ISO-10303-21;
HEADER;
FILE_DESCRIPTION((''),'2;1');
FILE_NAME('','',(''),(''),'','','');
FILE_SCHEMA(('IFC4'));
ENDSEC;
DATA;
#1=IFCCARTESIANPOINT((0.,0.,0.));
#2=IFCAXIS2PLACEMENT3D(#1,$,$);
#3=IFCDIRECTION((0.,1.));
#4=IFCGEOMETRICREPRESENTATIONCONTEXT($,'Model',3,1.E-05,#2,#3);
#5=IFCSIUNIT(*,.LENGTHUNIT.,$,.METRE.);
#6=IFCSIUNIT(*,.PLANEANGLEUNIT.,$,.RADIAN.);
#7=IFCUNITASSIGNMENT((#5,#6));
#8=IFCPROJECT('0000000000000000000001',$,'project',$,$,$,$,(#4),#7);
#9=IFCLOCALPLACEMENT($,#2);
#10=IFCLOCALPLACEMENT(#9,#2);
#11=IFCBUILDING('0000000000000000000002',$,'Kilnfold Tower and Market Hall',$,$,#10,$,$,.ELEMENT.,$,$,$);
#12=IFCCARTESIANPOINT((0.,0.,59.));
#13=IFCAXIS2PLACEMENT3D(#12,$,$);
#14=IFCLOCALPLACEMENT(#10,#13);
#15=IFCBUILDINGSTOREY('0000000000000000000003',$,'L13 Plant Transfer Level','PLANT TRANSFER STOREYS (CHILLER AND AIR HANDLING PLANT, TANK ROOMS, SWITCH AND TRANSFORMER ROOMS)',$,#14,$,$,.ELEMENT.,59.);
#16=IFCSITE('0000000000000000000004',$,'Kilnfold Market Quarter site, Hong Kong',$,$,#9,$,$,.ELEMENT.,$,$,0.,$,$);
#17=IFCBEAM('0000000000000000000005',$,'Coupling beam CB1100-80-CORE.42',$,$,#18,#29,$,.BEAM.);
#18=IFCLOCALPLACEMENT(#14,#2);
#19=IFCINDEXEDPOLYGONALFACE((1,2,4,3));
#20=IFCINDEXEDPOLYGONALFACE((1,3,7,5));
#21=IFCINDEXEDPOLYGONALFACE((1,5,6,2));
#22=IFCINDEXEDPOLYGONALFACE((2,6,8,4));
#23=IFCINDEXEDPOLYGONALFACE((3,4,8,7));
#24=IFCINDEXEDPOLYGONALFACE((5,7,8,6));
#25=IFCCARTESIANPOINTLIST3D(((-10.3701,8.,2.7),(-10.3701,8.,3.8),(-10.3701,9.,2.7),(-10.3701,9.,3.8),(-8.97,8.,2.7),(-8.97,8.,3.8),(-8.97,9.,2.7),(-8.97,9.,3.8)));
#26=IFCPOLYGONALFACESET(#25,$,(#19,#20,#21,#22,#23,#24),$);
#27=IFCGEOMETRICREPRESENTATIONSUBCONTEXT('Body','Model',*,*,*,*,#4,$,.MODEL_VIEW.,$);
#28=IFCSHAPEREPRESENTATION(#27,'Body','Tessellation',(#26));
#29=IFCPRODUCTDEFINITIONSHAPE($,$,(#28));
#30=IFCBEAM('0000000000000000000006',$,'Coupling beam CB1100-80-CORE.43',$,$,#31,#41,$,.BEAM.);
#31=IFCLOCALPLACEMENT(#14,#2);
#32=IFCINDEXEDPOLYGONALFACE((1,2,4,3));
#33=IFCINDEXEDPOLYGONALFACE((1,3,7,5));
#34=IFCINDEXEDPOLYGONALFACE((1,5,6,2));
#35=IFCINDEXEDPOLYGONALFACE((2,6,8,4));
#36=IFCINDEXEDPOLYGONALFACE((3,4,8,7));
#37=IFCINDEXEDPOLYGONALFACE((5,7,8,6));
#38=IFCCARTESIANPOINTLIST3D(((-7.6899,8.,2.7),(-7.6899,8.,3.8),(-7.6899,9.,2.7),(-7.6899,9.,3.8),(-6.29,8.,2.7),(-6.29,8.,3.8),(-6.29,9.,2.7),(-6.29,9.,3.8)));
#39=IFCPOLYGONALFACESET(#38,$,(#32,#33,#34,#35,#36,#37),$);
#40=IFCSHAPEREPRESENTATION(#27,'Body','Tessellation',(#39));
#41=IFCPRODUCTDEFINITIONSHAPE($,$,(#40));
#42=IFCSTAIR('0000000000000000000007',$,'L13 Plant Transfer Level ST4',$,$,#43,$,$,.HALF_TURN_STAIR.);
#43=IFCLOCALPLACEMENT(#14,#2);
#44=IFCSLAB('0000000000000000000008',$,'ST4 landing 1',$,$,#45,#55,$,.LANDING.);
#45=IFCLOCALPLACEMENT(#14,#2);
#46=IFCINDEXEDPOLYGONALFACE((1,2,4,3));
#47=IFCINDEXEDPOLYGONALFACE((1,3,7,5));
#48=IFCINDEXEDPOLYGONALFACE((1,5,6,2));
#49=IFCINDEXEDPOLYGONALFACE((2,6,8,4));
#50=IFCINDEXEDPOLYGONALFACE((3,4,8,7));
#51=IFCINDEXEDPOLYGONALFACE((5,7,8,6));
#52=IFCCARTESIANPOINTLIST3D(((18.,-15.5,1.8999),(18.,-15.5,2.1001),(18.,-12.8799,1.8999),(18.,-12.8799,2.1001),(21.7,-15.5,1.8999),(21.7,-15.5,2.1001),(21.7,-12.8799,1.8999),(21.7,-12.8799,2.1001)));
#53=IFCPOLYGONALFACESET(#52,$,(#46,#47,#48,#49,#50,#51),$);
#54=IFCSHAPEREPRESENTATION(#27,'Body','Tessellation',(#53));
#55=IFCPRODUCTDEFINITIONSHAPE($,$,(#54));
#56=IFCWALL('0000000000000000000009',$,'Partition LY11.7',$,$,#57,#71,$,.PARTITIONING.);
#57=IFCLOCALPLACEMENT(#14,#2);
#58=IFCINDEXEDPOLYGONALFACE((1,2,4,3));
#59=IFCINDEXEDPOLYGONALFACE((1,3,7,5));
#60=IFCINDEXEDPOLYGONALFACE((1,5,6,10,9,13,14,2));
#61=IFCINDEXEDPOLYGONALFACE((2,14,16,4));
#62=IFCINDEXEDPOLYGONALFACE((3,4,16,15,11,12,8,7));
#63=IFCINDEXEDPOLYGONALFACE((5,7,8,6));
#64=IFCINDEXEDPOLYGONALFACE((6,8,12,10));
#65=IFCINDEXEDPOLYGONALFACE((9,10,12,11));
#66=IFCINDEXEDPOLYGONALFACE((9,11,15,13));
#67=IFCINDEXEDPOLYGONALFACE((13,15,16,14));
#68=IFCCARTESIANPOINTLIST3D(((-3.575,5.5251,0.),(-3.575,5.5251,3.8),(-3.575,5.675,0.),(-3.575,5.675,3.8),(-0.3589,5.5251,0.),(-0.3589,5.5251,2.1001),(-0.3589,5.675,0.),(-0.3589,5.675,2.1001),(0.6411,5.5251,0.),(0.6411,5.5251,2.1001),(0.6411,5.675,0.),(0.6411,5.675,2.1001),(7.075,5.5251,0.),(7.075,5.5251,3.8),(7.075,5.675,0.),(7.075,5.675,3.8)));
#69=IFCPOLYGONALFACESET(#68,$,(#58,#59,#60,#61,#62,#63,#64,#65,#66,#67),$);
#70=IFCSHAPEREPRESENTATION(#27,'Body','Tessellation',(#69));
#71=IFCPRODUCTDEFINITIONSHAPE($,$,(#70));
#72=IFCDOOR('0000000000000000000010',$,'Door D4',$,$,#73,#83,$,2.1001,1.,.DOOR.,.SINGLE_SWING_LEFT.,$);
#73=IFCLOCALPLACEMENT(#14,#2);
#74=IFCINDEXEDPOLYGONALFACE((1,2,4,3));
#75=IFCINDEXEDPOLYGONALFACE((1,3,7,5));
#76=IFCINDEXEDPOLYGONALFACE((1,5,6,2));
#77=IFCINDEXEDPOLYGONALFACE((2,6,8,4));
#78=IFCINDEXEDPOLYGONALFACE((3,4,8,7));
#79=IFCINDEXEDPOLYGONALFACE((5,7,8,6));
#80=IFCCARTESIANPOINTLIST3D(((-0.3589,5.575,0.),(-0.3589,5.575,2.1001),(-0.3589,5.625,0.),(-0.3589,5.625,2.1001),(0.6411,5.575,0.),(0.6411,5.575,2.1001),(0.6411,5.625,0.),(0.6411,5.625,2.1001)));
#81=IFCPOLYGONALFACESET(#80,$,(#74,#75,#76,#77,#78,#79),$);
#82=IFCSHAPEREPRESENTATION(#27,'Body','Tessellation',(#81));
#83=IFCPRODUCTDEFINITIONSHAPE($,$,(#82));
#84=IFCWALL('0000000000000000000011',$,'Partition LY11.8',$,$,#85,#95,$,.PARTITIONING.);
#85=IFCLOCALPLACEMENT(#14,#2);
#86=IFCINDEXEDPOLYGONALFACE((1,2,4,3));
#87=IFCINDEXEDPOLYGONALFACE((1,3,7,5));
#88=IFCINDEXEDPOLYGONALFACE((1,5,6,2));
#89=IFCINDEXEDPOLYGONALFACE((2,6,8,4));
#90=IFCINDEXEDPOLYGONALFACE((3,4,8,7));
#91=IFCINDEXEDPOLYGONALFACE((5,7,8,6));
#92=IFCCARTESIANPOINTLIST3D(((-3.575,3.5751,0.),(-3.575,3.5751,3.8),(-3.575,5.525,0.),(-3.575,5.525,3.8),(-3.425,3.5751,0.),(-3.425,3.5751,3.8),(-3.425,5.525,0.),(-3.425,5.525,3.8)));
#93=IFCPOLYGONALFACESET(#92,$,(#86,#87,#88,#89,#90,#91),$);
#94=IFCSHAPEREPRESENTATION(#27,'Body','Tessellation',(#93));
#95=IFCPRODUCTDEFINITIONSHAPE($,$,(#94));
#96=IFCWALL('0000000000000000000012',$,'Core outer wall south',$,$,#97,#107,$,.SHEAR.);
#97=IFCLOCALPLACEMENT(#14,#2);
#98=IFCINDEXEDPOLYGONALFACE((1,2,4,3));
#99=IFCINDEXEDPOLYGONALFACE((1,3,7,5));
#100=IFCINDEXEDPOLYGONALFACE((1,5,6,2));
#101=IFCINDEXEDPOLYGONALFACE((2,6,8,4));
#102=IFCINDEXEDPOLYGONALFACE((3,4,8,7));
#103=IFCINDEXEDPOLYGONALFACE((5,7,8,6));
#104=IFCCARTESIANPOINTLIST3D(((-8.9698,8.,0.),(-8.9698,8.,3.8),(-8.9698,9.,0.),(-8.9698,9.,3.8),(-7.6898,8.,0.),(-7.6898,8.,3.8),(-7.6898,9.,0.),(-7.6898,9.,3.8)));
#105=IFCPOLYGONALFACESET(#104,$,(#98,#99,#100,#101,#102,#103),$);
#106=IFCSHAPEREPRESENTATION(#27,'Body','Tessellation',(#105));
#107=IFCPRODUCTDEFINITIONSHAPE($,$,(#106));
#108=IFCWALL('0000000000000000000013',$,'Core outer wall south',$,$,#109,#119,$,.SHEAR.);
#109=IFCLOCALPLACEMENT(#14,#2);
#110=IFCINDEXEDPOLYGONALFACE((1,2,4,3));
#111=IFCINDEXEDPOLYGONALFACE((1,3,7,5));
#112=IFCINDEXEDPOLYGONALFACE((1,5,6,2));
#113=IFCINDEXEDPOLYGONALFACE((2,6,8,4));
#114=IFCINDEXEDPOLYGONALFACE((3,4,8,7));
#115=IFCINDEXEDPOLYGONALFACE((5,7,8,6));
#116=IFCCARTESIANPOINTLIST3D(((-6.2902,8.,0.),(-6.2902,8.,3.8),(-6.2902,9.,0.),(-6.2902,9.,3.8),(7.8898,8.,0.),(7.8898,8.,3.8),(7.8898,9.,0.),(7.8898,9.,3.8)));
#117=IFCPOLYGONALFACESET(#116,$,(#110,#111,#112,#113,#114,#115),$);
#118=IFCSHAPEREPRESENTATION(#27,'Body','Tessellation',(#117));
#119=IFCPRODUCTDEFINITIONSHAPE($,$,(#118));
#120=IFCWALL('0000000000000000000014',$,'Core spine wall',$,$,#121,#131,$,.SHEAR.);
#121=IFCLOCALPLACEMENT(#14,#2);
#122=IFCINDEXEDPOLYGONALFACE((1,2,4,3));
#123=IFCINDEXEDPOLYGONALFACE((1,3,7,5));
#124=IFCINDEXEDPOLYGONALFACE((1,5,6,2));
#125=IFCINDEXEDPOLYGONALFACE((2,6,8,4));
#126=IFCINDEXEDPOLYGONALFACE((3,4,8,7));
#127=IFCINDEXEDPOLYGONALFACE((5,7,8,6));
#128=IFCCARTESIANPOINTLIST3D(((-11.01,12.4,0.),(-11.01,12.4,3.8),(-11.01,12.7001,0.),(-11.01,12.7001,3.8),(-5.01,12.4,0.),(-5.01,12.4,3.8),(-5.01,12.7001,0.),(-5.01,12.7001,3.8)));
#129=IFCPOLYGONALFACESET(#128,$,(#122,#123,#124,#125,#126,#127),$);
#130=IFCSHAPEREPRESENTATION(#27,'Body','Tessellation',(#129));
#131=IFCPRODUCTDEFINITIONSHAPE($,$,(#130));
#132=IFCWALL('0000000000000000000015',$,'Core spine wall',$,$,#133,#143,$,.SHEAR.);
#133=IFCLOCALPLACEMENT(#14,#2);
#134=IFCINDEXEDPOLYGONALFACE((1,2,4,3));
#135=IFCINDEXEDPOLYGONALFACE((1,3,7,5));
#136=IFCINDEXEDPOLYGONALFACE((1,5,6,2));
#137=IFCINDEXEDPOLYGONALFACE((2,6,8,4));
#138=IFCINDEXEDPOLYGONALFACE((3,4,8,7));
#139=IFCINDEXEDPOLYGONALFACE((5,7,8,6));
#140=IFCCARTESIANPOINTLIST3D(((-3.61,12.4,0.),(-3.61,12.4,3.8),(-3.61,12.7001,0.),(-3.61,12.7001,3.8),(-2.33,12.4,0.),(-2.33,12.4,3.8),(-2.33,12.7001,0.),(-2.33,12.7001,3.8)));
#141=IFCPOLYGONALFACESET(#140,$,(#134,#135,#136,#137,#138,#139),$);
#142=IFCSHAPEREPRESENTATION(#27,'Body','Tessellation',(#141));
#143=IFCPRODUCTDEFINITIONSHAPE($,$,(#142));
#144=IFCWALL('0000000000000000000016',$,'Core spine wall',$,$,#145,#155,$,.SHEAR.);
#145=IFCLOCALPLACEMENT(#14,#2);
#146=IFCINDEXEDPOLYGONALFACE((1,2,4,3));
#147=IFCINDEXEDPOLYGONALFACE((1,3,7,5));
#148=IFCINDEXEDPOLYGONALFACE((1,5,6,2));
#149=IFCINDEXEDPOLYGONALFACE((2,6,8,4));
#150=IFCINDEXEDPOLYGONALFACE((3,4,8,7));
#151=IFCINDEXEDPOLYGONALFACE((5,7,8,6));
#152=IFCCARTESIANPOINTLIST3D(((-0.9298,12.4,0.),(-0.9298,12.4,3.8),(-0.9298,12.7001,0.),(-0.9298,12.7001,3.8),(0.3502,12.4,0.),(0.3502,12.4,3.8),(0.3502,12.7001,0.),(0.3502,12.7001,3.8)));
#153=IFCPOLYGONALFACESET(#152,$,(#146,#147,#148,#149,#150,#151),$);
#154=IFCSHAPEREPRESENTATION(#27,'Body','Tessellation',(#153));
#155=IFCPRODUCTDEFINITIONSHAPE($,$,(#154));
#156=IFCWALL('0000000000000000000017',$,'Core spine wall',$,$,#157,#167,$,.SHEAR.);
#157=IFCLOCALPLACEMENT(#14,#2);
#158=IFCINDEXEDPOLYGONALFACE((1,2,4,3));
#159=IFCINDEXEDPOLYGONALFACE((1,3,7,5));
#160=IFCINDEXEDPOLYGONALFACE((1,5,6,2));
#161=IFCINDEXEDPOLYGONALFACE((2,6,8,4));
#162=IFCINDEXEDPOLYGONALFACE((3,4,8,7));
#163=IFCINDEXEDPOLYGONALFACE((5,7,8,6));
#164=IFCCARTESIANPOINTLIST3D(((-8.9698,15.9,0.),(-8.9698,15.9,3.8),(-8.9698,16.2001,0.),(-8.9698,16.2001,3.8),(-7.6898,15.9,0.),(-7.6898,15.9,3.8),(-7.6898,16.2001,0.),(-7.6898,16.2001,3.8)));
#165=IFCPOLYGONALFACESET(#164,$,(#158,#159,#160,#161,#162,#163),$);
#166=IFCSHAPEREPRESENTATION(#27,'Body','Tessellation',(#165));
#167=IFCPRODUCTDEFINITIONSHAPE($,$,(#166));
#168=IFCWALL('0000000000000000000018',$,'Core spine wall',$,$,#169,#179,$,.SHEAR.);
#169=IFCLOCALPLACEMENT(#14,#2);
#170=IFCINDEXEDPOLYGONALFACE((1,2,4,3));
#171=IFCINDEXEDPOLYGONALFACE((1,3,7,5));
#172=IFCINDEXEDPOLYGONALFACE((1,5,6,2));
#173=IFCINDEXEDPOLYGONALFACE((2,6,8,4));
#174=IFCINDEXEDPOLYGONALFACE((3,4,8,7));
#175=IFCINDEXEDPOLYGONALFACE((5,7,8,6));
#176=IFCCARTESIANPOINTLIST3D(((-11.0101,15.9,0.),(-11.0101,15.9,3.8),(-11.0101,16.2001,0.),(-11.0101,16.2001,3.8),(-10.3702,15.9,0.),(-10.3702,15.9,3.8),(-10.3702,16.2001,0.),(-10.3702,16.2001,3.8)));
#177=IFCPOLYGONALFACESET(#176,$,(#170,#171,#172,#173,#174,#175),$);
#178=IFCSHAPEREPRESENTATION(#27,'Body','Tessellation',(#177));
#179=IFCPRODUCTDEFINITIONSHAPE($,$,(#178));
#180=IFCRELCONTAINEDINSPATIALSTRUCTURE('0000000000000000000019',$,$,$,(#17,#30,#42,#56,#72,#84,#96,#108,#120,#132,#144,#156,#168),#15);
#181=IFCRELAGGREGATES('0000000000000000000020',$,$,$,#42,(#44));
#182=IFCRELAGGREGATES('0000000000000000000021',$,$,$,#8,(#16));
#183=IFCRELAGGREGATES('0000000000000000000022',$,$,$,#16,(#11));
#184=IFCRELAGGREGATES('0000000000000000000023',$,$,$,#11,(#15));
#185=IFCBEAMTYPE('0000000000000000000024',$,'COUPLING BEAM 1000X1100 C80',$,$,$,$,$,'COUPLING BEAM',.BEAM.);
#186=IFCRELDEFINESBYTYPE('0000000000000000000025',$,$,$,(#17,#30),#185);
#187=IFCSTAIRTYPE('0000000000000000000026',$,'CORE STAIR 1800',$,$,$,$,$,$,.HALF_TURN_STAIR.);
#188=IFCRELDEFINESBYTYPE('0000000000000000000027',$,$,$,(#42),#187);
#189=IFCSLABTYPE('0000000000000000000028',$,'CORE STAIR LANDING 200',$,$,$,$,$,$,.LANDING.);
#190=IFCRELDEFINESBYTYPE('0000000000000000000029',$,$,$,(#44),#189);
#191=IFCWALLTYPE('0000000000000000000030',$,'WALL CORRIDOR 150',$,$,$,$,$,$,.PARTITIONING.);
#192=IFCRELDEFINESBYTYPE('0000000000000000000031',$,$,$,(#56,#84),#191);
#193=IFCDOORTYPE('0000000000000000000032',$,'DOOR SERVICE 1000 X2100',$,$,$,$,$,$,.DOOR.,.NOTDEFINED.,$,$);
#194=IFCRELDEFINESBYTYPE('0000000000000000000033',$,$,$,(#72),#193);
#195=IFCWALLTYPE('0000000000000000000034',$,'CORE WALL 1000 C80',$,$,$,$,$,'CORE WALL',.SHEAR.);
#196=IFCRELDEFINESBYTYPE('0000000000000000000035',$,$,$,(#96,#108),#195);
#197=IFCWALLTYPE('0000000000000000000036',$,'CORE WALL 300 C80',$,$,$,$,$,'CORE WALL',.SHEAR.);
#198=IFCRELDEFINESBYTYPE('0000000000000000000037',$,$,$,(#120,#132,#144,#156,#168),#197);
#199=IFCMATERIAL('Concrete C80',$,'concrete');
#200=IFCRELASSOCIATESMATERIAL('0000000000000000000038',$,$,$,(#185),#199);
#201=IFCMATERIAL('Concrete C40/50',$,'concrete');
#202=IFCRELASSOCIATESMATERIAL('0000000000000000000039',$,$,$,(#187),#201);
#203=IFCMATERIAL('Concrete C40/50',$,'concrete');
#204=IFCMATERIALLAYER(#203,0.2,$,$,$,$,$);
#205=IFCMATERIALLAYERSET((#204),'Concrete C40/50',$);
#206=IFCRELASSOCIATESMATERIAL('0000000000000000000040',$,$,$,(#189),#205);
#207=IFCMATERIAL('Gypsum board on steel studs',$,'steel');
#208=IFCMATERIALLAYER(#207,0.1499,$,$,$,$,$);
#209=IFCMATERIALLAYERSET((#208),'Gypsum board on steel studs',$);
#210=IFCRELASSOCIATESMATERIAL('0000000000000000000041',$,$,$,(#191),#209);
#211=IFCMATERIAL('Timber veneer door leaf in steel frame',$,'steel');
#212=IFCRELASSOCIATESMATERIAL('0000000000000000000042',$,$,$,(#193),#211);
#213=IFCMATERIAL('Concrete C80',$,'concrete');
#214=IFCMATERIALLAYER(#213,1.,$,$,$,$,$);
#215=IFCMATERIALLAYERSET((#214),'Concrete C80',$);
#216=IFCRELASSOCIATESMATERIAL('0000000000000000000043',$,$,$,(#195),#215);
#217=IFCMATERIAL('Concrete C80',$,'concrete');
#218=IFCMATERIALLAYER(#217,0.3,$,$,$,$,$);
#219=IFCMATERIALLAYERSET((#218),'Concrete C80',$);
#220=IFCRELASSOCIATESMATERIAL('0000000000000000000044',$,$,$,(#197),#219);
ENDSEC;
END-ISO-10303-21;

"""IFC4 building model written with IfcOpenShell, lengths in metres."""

from ifc_helpers import new_model, si_unit, direction, frame, frame_2d, origin, origin_2d, place, context, subcontext, project, spatial, polyline, rectangle, outline, extrude, source, transform, mapped, material, layer, layer_set, material_profile, profile_set, type_object, element, fill, aggregate, save


model = new_model("IFC4")

# Units and contexts
model_context = context("Model", 3, precision=1e-05, world=origin(), true_north=direction((0.0, 1.0)))
body_context = subcontext(model_context, "Body", "Model", "MODEL_VIEW")
ifc_project = project(units=[si_unit("LENGTHUNIT", "METRE"), si_unit("PLANEANGLEUNIT", "RADIAN")], contexts=[model_context])

# Site, building, storey
site_placement = place(None, origin())
site = spatial("IfcSite", under=ifc_project, at=site_placement, Name="Kilnfold Market Quarter site, Hong Kong", CompositionType="ELEMENT", RefElevation=0.0)
building_placement = place(site_placement, origin())
building = spatial("IfcBuilding", under=site, at=building_placement, Name="Kilnfold Tower and Market Hall", CompositionType="ELEMENT")
storey_placement = place(building_placement, frame((0.0, 0.0, 59.0)))
storey = spatial("IfcBuildingStorey", under=building, at=storey_placement, Name="L13 Plant Transfer Level", Description="PLANT TRANSFER STOREYS (CHILLER AND AIR HANDLING PLANT, TANK ROOMS, SWITCH AND TRANSFORMER ROOMS)", CompositionType="ELEMENT", Elevation=59.0)

# Beams
ifc_material_1 = material(Name="Concrete C80", Category="concrete")
ifc_material_profile = material_profile(ifc_material_1, rectangle(XDim=1.0, YDim=1.1001, at=origin_2d()), Name="RC 1000x1100")
ifc_profile_set = profile_set([ifc_material_profile], Name="Concrete C80")
beam_type = type_object("IfcBeamType", Name="COUPLING BEAM 1000X1100 C80", ElementType="COUPLING BEAM", PredefinedType="BEAM", material=ifc_profile_set)
shared_shape_1 = source(origin(), body_context, "Body", "SweptSolid", [
    extrude(rectangle(XDim=1.0, YDim=1.1001, at=origin_2d()), origin(), (0.0, 0.0, 1.0), 1.4001),
])
beam_1_placement = place(storey_placement, frame((-10.3701, 8.5, 3.25), z_axis=(1.0, 0.0, 0.0), x_axis=(0.0, 1.0, 0.0)))
element("IfcBeam", 1, at=beam_1_placement, inside=storey, type_object=beam_type, Name="Coupling beam CB1100-80-CORE.42", PredefinedType="BEAM", context=body_context, shape_type="MappedRepresentation", body=[
    mapped(shared_shape_1, transform((0.0, 0.0, 0.0))),
])
shared_shape_2 = source(origin(), body_context, "Body", "SweptSolid", [
    extrude(rectangle(XDim=1.0, YDim=1.1001, at=origin_2d()), origin(), (0.0, 0.0, 1.0), 1.3999),
])
beam_2_placement = place(storey_placement, frame((-7.6899, 8.5, 3.25), z_axis=(1.0, 0.0, 0.0), x_axis=(0.0, 1.0, 0.0)))
element("IfcBeam", 2, at=beam_2_placement, inside=storey, type_object=beam_type, Name="Coupling beam CB1100-80-CORE.43", PredefinedType="BEAM", context=body_context, shape_type="MappedRepresentation", body=[
    mapped(shared_shape_2, transform((0.0, 0.0, 0.0))),
])

# Stair, slab
ifc_material_2 = material(Name="Concrete C40/50", Category="concrete")
stair_type = type_object("IfcStairType", Name="CORE STAIR 1800", PredefinedType="HALF_TURN_STAIR", material=ifc_material_2)
stair_placement = place(storey_placement, origin())
stair = element("IfcStair", 3, at=stair_placement, inside=storey, type_object=stair_type, Name="L13 Plant Transfer Level ST4", PredefinedType="HALF_TURN_STAIR")
ifc_material_3 = material(Name="Concrete C40/50", Category="concrete")
ifc_layer_1 = layer(ifc_material_3, 0.2)
ifc_layer_set_1 = layer_set([ifc_layer_1], Name="Concrete C40/50")
slab_type = type_object("IfcSlabType", Name="CORE STAIR LANDING 200", PredefinedType="LANDING", material=ifc_layer_set_1)
shared_shape_3 = source(origin(), body_context, "Body", "SweptSolid", [
    extrude(outline(polyline([(18.0, -12.8799), (18.0, -15.5), (21.7, -15.5), (21.7, -12.8799), (18.0, -12.8799)])), origin(), (0.0, 0.0, 1.0), 0.2002),
])
slab_placement = place(storey_placement, frame((0.0, 0.0, 1.8999)))
slab = element("IfcSlab", 4, at=slab_placement, type_object=slab_type, Name="ST4 landing 1", PredefinedType="LANDING", context=body_context, shape_type="MappedRepresentation", body=[
    mapped(shared_shape_3, transform((0.0, 0.0, 0.0))),
])
aggregate(stair, [slab])

# Wall, opening, door
ifc_material_4 = material(Name="Gypsum board on steel studs", Category="steel")
ifc_layer_2 = layer(ifc_material_4, 0.1499)
ifc_layer_set_2 = layer_set([ifc_layer_2], Name="Gypsum board on steel studs")
wall_type_1 = type_object("IfcWallType", Name="WALL CORRIDOR 150", PredefinedType="PARTITIONING", material=ifc_layer_set_2)
wall_1_placement = place(storey_placement, frame((-3.575, 5.6001, 0.0), z_axis=(0.0, 0.0, 1.0), x_axis=(1.0, 0.0, 0.0)))
wall_1 = element("IfcWall", 5, at=wall_1_placement, inside=storey, type_object=wall_type_1, Name="Partition LY11.7", PredefinedType="PARTITIONING", context=body_context, shape_type="SweptSolid", body=[
    extrude(rectangle(XDim=10.6499, YDim=0.1499, at=frame_2d((5.325, 0.0))), origin(), (0.0, 0.0, 1.0), 3.8),
])
opening_1_placement = place(wall_1_placement, frame((3.2161, 0.0, 0.0)))
opening_1 = element("IfcOpeningElement", 6, at=opening_1_placement, cuts=wall_1, PredefinedType="OPENING", context=body_context, shape_type="SweptSolid", body=[
    extrude(rectangle(XDim=1.0, YDim=2.1001, at=frame_2d((0.5, 1.05))), frame((0.0, 0.085, 0.0), z_axis=(0.0, -1.0, 0.0), x_axis=(1.0, 0.0, 0.0)), (0.0, 0.0, 1.0), 0.1699),
])
ifc_material_5 = material(Name="Timber veneer door leaf in steel frame", Category="steel")
door_type_1 = type_object("IfcDoorType", Name="DOOR SERVICE 1000 X2100", OperationType="NOTDEFINED", PredefinedType="DOOR", material=ifc_material_5)
door_1_placement = place(opening_1_placement, origin())
door_1 = element("IfcDoor", 7, at=door_1_placement, inside=storey, type_object=door_type_1, Name="Door D4", OperationType="SINGLE_SWING_LEFT", OverallHeight=2.1001, OverallWidth=1.0, PredefinedType="DOOR", context=body_context, shape_type="SweptSolid", body=[
    extrude(rectangle(XDim=1.0, YDim=2.1001, at=frame_2d((0.5, 1.05))), frame((0.0, 0.0249, 0.0), z_axis=(0.0, -1.0, 0.0), x_axis=(1.0, 0.0, 0.0)), (0.0, 0.0, 1.0), 0.05),
])
fill(opening_1, door_1)

# Walls
wall_2_placement = place(storey_placement, frame((-3.5, 3.575, 0.0), z_axis=(0.0, 0.0, 1.0), x_axis=(0.0, 1.0, 0.0)))
element("IfcWall", 8, at=wall_2_placement, inside=storey, type_object=wall_type_1, Name="Partition LY11.8", PredefinedType="PARTITIONING", context=body_context, shape_type="SweptSolid", body=[
    extrude(rectangle(XDim=1.95, YDim=0.1499, at=frame_2d((0.9751, 0.0))), origin(), (0.0, 0.0, 1.0), 3.8),
])
ifc_material_6 = material(Name="Concrete C80", Category="concrete")
ifc_layer_3 = layer(ifc_material_6, 1.0)
ifc_layer_set_3 = layer_set([ifc_layer_3], Name="Concrete C80")
wall_type_2 = type_object("IfcWallType", Name="CORE WALL 1000 C80", ElementType="CORE WALL", PredefinedType="SHEAR", material=ifc_layer_set_3)
shared_shape_4 = source(origin(), body_context, "Body", "SweptSolid", [
    extrude(rectangle(XDim=1.28, YDim=1.0, at=frame_2d((0.6401, 0.0))), origin(), (0.0, 0.0, 1.0), 3.8),
])
wall_3_placement = place(storey_placement, frame((-8.97, 8.5, 0.0), z_axis=(0.0, 0.0, 1.0), x_axis=(1.0, 0.0, 0.0)))
element("IfcWall", 9, at=wall_3_placement, inside=storey, type_object=wall_type_2, Name="Core outer wall south", PredefinedType="SHEAR", context=body_context, shape_type="MappedRepresentation", body=[
    mapped(shared_shape_4, transform((0.0, 0.0, 0.0))),
])
shared_shape_5 = source(origin(), body_context, "Body", "SweptSolid", [
    extrude(rectangle(XDim=14.1799, YDim=1.0, at=frame_2d((7.0898, 0.0))), origin(), (0.0, 0.0, 1.0), 3.8),
])
wall_4_placement = place(storey_placement, frame((-6.29, 8.5, 0.0), z_axis=(0.0, 0.0, 1.0), x_axis=(1.0, 0.0, 0.0)))
element("IfcWall", 10, at=wall_4_placement, inside=storey, type_object=wall_type_2, Name="Core outer wall south", PredefinedType="SHEAR", context=body_context, shape_type="MappedRepresentation", body=[
    mapped(shared_shape_5, transform((0.0, 0.0, 0.0))),
])
ifc_material_7 = material(Name="Concrete C80", Category="concrete")
ifc_layer_4 = layer(ifc_material_7, 0.3)
ifc_layer_set_4 = layer_set([ifc_layer_4], Name="Concrete C80")
wall_type_3 = type_object("IfcWallType", Name="CORE WALL 300 C80", ElementType="CORE WALL", PredefinedType="SHEAR", material=ifc_layer_set_4)
shared_shape_6 = source(origin(), body_context, "Body", "SweptSolid", [
    extrude(rectangle(XDim=6.0, YDim=0.3, at=frame_2d((3.0, 0.0))), origin(), (0.0, 0.0, 1.0), 3.8),
])
wall_5_placement = place(storey_placement, frame((-11.01, 12.55, 0.0), z_axis=(0.0, 0.0, 1.0), x_axis=(1.0, 0.0, 0.0)))
element("IfcWall", 11, at=wall_5_placement, inside=storey, type_object=wall_type_3, Name="Core spine wall", PredefinedType="SHEAR", context=body_context, shape_type="MappedRepresentation", body=[
    mapped(shared_shape_6, transform((0.0, 0.0, 0.0))),
])
shared_shape_7 = source(origin(), body_context, "Body", "SweptSolid", [
    extrude(rectangle(XDim=1.28, YDim=0.3, at=frame_2d((0.6401, 0.0))), origin(), (0.0, 0.0, 1.0), 3.8),
])
for number, where, z_axis, x_axis, name in (
    (12, (-3.6101, 12.55, 0.0), (0.0, 0.0, 1.0), (1.0, 0.0, 0.0), "Core spine wall"),
    (13, (-0.9299, 12.55, 0.0), (0.0, 0.0, 1.0), (1.0, 0.0, 0.0), "Core spine wall"),
    (14, (-8.97, 16.05, 0.0), (0.0, 0.0, 1.0), (1.0, 0.0, 0.0), "Core spine wall"),
):
    element("IfcWall", number, at=place(storey_placement, frame(where, z_axis=z_axis, x_axis=x_axis)), inside=storey, type_object=wall_type_3, Name=name, PredefinedType="SHEAR", context=body_context, shape_type="MappedRepresentation", body=[
        mapped(shared_shape_7, transform((0.0, 0.0, 0.0))),
    ])
shared_shape_8 = source(origin(), body_context, "Body", "SweptSolid", [
    extrude(rectangle(XDim=0.6399, YDim=0.3, at=frame_2d((0.3198, 0.0))), origin(), (0.0, 0.0, 1.0), 3.8),
])
wall_6_placement = place(storey_placement, frame((-11.01, 16.05, 0.0), z_axis=(0.0, 0.0, 1.0), x_axis=(1.0, 0.0, 0.0)))
element("IfcWall", 15, at=wall_6_placement, inside=storey, type_object=wall_type_3, Name="Core spine wall", PredefinedType="SHEAR", context=body_context, shape_type="MappedRepresentation", body=[
    mapped(shared_shape_8, transform((0.0, 0.0, 0.0))),
])

save(model, "model.ifc")
